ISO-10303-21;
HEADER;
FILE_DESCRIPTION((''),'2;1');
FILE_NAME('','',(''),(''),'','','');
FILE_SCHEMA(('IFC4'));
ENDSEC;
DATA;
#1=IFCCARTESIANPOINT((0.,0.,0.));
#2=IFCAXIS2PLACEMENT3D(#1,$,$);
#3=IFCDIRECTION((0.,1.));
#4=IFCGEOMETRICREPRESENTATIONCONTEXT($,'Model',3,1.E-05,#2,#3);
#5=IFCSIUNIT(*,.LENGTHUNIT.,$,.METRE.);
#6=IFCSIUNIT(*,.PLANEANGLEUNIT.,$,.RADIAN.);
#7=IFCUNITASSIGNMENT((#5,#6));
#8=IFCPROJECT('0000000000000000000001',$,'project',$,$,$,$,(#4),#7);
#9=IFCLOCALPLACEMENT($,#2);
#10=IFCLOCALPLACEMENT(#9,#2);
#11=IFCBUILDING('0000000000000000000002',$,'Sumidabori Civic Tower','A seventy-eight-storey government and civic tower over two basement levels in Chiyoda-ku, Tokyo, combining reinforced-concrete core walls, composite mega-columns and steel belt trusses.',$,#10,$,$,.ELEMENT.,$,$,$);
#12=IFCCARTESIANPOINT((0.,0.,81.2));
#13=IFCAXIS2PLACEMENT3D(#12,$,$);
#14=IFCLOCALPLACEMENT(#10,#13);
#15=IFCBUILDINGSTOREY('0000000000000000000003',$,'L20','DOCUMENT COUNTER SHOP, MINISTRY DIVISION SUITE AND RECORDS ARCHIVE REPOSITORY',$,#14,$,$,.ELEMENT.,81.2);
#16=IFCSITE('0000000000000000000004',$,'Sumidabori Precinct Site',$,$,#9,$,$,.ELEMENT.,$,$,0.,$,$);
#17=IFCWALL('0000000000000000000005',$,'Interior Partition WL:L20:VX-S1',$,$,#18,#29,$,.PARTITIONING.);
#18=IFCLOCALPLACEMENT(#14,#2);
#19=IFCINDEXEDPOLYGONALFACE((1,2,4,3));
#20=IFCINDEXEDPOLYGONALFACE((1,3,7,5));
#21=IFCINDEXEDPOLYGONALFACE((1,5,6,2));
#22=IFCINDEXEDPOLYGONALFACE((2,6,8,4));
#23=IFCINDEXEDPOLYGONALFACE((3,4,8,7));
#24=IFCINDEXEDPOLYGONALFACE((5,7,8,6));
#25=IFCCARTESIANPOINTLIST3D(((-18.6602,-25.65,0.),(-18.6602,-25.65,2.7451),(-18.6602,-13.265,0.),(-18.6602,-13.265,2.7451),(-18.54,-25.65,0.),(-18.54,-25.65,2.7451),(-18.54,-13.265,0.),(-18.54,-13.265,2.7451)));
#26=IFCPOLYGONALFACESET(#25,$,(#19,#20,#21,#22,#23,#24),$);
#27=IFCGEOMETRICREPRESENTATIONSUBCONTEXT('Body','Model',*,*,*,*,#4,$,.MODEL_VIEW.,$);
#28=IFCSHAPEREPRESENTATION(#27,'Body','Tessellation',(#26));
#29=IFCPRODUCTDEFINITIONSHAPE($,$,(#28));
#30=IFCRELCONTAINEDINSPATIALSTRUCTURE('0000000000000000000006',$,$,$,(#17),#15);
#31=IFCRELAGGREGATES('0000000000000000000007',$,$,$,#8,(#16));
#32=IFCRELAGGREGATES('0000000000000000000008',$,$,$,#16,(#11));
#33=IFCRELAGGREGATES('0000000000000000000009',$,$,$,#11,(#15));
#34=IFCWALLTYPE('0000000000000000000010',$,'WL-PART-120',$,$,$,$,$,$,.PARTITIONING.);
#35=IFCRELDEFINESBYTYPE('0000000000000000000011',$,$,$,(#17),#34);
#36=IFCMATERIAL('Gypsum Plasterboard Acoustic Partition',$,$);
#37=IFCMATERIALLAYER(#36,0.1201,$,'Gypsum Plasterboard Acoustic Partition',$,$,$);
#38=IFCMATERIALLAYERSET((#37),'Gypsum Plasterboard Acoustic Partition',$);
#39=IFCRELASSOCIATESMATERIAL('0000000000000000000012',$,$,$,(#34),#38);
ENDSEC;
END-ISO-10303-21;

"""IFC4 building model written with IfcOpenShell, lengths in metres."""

from ifc_helpers import new_model, si_unit, direction, frame, frame_2d, origin, place, context, subcontext, project, spatial, rectangle, extrude, source, transform, mapped, material, layer, layer_set, type_object, element, save


model = new_model("IFC4")

# Units and contexts
model_context = context("Model", 3, precision=1e-05, world=origin(), true_north=direction((0.0, 1.0)))
body_context = subcontext(model_context, "Body", "Model", "MODEL_VIEW")
ifc_project = project(units=[si_unit("LENGTHUNIT", "METRE"), si_unit("PLANEANGLEUNIT", "RADIAN")], contexts=[model_context])

# Site, building, storey
site_placement = place(None, origin())
site = spatial("IfcSite", under=ifc_project, at=site_placement, Name="Sumidabori Precinct Site", CompositionType="ELEMENT", RefElevation=0.0)
building_placement = place(site_placement, origin())
building = spatial("IfcBuilding", under=site, at=building_placement, Name="Sumidabori Civic Tower", Description="A seventy-eight-storey government and civic tower over two basement levels in Chiyoda-ku, Tokyo, combining reinforced-concrete core walls, composite mega-columns and steel belt trusses.", CompositionType="ELEMENT")
storey_placement = place(building_placement, frame((0.0, 0.0, 81.2)))
storey = spatial("IfcBuildingStorey", under=building, at=storey_placement, Name="L20", Description="DOCUMENT COUNTER SHOP, MINISTRY DIVISION SUITE AND RECORDS ARCHIVE REPOSITORY", CompositionType="ELEMENT", Elevation=81.2)

# Shared definitions
ifc_material_1 = material(Name="Gypsum Plasterboard Acoustic Partition")
ifc_layer_1 = layer(ifc_material_1, 0.1201, Name="Gypsum Plasterboard Acoustic Partition")
ifc_layer_set_1 = layer_set([ifc_layer_1], Name="Gypsum Plasterboard Acoustic Partition")
wall_type_1 = type_object("IfcWallType", Name="WL-PART-120", PredefinedType="PARTITIONING", material=ifc_layer_set_1)

# Wall
shared_shape_1 = source(origin(), body_context, "Body", "SweptSolid", [
    extrude(rectangle(XDim=12.385, YDim=0.1201, at=frame_2d((6.1924, 0.0))), origin(), (0.0, 0.0, 1.0), 2.7451),
])
wall_1_placement = place(storey_placement, frame((-18.6001, -25.6499, 0.0), z_axis=(0.0, 0.0, 1.0), x_axis=(0.0, 1.0, 0.0)))
element("IfcWall", 1, at=wall_1_placement, inside=storey, type_object=wall_type_1, Name="Interior Partition WL:L20:VX-S1", PredefinedType="PARTITIONING", context=body_context, shape_type="MappedRepresentation", body=[
    mapped(shared_shape_1, transform((0.0, 0.0, 0.0), x_axis=(1.0, 0.0, 0.0), y_axis=(0.0, 1.0, 0.0), z_axis=(0.0, 0.0, 1.0), scale=1.0)),
])

save(model, "model.ifc")
